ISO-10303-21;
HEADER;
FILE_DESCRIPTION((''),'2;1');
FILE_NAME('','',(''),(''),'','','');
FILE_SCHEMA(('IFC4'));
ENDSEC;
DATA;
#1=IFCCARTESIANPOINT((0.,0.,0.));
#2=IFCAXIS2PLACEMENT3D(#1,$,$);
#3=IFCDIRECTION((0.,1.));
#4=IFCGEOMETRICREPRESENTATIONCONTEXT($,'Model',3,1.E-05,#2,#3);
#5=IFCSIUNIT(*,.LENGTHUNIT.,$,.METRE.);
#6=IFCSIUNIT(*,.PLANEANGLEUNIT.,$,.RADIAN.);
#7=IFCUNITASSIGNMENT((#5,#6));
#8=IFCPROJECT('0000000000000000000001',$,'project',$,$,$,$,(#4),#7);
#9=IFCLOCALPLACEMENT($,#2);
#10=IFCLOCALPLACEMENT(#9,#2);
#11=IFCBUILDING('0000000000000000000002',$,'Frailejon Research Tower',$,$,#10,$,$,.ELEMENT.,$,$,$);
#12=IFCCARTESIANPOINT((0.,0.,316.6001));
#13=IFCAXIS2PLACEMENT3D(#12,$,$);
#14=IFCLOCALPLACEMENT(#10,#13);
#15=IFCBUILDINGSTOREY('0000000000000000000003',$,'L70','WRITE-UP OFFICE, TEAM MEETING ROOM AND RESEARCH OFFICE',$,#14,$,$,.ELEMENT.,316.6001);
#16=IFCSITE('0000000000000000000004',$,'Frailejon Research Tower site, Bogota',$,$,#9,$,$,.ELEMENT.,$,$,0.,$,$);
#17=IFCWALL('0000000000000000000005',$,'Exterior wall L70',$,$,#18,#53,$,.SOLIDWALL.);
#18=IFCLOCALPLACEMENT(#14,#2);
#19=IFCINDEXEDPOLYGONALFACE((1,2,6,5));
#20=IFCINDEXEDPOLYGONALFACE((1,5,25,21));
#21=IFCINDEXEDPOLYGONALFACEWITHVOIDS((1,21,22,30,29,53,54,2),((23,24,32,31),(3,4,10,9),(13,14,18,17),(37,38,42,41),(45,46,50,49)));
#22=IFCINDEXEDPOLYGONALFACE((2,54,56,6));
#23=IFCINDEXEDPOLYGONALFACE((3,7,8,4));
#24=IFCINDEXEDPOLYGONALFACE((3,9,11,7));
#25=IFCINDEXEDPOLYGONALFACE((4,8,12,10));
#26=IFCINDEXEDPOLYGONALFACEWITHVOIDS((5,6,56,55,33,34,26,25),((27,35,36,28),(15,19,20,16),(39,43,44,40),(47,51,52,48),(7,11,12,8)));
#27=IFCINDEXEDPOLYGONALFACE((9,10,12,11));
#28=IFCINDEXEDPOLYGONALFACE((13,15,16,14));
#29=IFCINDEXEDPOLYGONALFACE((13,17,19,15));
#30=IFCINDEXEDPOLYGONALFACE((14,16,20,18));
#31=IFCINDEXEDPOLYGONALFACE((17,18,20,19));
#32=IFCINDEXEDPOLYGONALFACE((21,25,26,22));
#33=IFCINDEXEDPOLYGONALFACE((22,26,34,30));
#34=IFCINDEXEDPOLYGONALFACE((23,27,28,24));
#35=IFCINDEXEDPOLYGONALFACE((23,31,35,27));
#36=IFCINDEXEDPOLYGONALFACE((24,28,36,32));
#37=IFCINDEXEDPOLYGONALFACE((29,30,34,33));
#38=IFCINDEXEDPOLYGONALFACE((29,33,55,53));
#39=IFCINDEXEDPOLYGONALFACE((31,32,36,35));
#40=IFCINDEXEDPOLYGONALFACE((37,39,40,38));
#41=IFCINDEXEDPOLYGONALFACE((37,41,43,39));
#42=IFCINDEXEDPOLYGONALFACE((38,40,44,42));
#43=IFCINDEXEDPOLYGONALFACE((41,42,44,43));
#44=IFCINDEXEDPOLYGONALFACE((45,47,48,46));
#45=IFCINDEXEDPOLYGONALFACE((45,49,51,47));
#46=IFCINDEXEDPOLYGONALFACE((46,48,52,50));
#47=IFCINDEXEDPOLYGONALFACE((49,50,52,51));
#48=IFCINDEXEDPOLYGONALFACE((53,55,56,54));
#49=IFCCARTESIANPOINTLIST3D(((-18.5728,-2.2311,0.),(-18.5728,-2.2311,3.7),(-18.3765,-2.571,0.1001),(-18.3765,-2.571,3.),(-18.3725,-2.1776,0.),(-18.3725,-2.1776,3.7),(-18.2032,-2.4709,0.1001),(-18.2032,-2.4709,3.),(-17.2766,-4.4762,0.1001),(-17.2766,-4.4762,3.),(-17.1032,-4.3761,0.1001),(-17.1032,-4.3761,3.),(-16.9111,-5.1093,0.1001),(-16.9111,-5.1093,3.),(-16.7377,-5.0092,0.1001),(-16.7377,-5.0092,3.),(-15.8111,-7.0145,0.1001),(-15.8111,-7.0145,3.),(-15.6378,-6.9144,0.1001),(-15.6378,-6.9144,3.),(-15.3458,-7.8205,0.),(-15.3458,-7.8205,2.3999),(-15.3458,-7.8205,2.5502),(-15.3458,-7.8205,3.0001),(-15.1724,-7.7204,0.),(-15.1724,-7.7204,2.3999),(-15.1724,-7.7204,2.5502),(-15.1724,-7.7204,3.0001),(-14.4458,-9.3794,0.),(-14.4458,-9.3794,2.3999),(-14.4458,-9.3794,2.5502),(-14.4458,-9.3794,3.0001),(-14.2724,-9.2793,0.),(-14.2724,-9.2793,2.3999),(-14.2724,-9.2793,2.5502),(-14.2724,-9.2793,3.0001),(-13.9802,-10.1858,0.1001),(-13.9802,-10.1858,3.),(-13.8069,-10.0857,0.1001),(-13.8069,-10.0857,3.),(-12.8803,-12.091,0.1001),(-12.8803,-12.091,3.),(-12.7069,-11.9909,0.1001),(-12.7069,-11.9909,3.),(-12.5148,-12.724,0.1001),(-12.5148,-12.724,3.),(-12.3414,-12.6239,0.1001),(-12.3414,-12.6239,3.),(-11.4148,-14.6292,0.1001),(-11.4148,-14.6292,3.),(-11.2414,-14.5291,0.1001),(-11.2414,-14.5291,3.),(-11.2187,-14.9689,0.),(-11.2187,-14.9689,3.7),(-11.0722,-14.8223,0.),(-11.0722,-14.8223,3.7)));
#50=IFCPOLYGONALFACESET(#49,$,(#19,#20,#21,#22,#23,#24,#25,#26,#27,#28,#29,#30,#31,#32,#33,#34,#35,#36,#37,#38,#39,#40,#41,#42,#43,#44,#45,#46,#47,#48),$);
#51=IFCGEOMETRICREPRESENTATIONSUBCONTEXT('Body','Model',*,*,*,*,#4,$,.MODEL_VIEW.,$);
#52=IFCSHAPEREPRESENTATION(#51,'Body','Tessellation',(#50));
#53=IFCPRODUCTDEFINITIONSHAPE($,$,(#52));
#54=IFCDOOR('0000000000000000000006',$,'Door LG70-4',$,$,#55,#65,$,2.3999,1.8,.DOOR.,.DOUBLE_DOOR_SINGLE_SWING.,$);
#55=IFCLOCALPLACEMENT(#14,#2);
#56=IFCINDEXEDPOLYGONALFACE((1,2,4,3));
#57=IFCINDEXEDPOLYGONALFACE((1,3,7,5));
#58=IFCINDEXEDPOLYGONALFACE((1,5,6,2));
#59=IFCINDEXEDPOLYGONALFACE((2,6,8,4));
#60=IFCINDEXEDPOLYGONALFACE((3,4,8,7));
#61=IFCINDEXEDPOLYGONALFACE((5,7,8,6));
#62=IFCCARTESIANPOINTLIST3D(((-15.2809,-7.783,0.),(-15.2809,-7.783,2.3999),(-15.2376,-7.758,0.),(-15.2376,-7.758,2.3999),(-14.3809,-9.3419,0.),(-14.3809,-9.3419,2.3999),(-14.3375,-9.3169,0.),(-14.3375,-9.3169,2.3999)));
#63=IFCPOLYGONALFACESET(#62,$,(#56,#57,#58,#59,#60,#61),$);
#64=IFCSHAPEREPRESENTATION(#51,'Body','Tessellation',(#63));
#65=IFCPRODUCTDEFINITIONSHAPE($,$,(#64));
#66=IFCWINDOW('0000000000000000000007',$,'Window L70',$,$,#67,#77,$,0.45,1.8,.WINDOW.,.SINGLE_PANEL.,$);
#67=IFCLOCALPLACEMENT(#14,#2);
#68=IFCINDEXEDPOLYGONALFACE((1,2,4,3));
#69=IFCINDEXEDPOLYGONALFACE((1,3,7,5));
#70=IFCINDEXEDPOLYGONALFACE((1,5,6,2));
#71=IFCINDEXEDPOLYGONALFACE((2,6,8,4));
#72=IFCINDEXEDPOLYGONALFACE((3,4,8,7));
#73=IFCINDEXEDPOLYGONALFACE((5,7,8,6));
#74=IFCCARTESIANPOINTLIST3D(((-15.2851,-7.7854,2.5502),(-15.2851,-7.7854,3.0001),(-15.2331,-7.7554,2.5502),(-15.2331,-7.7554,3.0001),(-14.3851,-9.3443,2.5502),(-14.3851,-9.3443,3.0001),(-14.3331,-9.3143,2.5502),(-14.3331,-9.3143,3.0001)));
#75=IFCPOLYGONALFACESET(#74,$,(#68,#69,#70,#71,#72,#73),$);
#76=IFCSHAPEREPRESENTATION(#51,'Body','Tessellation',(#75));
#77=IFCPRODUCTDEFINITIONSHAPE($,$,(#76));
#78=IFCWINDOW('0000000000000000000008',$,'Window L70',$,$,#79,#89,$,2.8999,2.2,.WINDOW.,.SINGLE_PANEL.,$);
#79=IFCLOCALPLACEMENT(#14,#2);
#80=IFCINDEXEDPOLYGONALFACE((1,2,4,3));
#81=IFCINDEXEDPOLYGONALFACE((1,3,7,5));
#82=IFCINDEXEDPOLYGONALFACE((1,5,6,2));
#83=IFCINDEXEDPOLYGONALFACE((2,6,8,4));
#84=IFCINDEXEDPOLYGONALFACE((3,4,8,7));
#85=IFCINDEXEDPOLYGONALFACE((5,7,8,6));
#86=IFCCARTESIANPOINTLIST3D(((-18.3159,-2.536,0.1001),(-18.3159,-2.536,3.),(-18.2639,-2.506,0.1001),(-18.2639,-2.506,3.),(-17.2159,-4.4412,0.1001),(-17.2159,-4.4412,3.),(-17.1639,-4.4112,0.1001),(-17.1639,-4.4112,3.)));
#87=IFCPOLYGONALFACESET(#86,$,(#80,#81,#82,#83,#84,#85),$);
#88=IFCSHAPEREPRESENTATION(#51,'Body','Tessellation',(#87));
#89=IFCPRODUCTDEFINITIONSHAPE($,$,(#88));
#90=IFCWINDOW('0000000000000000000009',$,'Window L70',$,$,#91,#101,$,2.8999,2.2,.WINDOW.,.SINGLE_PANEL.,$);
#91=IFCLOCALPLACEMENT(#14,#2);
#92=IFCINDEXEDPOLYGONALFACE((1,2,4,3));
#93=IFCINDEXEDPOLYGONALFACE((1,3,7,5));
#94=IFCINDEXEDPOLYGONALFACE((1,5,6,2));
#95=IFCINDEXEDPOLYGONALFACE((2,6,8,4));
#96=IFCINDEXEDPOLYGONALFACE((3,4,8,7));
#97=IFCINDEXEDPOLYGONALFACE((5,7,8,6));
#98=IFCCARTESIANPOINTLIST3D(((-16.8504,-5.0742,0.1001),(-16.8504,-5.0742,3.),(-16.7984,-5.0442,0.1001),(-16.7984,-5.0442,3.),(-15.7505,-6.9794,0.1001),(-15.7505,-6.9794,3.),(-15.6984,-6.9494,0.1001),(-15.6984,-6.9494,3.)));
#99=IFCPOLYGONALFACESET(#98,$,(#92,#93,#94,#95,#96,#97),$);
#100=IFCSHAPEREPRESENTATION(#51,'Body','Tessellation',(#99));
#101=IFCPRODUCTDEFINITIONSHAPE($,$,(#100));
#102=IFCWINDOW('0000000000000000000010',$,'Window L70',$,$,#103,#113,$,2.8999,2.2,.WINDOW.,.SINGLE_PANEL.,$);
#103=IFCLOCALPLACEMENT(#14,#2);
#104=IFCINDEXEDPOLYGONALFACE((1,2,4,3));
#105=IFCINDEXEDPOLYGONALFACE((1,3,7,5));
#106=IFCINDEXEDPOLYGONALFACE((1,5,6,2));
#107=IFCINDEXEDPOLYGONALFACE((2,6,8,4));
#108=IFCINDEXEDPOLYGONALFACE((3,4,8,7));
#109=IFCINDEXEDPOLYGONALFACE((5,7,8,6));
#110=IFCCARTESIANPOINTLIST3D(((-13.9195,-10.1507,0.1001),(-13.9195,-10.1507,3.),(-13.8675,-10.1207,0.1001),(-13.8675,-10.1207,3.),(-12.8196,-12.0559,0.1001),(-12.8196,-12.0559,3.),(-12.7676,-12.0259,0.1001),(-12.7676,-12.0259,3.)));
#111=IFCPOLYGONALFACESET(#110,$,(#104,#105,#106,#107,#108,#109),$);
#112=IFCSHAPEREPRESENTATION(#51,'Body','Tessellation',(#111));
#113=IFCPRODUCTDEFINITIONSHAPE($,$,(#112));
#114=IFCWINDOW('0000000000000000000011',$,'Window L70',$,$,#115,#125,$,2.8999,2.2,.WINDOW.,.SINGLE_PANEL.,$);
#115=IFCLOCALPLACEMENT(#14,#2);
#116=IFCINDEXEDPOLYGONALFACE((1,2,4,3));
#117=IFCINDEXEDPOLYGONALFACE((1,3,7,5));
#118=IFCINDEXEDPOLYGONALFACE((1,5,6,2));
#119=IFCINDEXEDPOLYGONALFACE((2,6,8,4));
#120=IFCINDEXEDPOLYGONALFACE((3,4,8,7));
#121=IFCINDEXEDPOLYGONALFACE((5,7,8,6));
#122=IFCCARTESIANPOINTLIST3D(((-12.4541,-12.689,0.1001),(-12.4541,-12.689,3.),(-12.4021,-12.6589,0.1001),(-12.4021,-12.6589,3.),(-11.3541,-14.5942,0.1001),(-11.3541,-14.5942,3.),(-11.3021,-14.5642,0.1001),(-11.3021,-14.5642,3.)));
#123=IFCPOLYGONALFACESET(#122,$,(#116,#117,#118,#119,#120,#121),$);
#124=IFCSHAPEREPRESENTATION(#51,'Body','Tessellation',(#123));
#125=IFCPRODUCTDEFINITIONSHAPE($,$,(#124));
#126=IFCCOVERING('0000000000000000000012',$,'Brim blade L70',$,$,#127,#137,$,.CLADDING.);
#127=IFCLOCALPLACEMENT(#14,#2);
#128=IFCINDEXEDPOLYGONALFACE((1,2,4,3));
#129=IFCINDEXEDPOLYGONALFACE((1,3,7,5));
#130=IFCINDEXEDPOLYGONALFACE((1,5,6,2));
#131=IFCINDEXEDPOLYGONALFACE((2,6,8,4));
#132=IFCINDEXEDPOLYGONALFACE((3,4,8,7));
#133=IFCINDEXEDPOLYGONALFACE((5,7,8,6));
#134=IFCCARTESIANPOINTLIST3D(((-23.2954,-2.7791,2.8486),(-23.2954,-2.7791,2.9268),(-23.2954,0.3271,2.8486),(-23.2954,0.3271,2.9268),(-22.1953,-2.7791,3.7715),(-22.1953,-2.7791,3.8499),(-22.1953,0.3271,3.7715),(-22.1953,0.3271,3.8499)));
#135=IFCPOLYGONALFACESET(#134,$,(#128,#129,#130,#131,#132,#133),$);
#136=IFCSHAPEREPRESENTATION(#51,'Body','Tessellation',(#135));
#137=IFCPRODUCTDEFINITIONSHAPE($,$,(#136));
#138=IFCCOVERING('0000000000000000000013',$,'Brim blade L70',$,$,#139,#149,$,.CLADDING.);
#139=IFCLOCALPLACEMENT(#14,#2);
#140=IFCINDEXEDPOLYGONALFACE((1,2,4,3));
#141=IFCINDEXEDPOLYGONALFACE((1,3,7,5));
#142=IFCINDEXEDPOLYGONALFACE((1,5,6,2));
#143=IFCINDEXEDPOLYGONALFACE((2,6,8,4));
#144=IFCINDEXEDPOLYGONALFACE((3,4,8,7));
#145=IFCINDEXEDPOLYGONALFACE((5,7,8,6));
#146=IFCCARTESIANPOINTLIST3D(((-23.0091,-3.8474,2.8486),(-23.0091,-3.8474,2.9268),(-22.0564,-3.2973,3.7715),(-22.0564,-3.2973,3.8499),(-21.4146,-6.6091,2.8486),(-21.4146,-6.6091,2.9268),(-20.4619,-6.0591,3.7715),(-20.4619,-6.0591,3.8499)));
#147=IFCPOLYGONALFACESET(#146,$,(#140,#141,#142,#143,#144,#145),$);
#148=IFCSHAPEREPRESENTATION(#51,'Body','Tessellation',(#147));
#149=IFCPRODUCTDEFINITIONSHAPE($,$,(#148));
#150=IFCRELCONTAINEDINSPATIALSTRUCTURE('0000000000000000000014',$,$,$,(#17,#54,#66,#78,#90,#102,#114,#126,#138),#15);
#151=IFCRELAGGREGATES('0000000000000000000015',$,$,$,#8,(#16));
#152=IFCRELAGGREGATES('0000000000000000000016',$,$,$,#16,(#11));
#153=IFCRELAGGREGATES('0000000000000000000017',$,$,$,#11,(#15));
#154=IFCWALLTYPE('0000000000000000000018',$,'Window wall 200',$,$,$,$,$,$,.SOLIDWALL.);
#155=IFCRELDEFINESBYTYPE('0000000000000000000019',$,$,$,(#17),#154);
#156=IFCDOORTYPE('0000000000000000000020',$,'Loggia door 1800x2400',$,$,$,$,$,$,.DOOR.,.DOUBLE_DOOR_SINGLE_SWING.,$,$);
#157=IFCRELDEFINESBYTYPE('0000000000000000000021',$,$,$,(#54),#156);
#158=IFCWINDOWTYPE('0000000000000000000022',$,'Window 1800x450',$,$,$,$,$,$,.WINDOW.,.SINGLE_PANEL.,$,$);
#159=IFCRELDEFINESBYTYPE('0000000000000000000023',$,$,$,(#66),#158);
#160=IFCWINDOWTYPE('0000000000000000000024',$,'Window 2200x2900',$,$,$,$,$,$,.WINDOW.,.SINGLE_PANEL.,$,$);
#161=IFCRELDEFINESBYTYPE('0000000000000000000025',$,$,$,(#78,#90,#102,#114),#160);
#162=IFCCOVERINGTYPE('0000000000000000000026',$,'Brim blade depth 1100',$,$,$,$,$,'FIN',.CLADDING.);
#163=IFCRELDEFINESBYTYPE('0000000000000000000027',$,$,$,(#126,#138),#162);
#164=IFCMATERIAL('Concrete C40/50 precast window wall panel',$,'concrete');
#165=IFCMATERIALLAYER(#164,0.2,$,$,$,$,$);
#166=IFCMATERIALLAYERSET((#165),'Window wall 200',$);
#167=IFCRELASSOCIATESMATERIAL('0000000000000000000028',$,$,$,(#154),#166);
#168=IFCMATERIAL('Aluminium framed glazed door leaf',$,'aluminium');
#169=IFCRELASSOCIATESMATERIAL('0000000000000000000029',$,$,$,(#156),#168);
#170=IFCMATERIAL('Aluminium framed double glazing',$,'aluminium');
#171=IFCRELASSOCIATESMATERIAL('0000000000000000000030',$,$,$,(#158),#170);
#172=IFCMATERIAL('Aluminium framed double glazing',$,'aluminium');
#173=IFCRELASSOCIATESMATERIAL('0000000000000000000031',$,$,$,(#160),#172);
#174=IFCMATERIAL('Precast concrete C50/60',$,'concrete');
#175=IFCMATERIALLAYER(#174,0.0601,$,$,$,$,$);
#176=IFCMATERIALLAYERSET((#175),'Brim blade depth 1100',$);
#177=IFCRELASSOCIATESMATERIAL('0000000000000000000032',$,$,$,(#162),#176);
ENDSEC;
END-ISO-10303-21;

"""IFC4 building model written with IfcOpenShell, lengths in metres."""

from ifc_helpers import new_model, si_unit, direction, frame, frame_2d, origin, place, context, subcontext, project, spatial, polyline, rectangle, outline, extrude, material, layer, layer_set, type_object, element, fill, save


model = new_model("IFC4")

# Units and contexts
model_context = context("Model", 3, precision=1e-05, world=origin(), true_north=direction((0.0, 1.0)))
body_context = subcontext(model_context, "Body", "Model", "MODEL_VIEW")
ifc_project = project(units=[si_unit("LENGTHUNIT", "METRE"), si_unit("PLANEANGLEUNIT", "RADIAN")], contexts=[model_context])

# Site, building, storey
site_placement = place(None, origin())
site = spatial("IfcSite", under=ifc_project, at=site_placement, Name="Frailejon Research Tower site, Bogota", CompositionType="ELEMENT", RefElevation=0.0)
building_placement = place(site_placement, origin())
building = spatial("IfcBuilding", under=site, at=building_placement, Name="Frailejon Research Tower", CompositionType="ELEMENT")
storey_placement = place(building_placement, frame((0.0, 0.0, 316.6001)))
storey = spatial("IfcBuildingStorey", under=building, at=storey_placement, Name="L70", Description="WRITE-UP OFFICE, TEAM MEETING ROOM AND RESEARCH OFFICE", CompositionType="ELEMENT", Elevation=316.6001)

# Wall, openings, door, windows
ifc_material_1 = material(Name="Concrete C40/50 precast window wall panel", Category="concrete")
ifc_layer_1 = layer(ifc_material_1, 0.2)
ifc_layer_set_1 = layer_set([ifc_layer_1], Name="Window wall 200")
wall_type_1 = type_object("IfcWallType", Name="Window wall 200", PredefinedType="SOLIDWALL", material=ifc_layer_set_1)
wall_1_placement = place(storey_placement, frame((-18.4727, -2.2043, 0.0), z_axis=(0.0, 0.0, 1.0), x_axis=(0.499995, -0.866028, 0.0)))
wall_1 = element("IfcWall", 1, at=wall_1_placement, inside=storey, type_object=wall_type_1, Name="Exterior wall L70", PredefinedType="SOLIDWALL", context=body_context, shape_type="SweptSolid", body=[
    extrude(outline(polyline([(-0.0269, -0.1001), (1.0237, -0.1001), (2.0742, -0.1001), (3.125, -0.1001), (4.1755, -0.1001), (5.2261, -0.1001), (6.2766, -0.1001), (7.3271, -0.1001), (8.3779, -0.1001), (9.4285, -0.1001), (10.479, -0.1001), (11.5295, -0.1001), (12.5803, -0.1001), (13.6309, -0.1001), (14.6814, -0.1001), (14.6277, 0.1001), (13.5847, 0.1001), (12.5417, 0.1001), (11.499, 0.1001), (10.4561, 0.1001), (9.4131, 0.1001), (8.3701, 0.1001), (7.3271, 0.1001), (6.2844, 0.1001), (5.2415, 0.1001), (4.1985, 0.1001), (3.1555, 0.1001), (2.1128, 0.1001), (1.0698, 0.1001), (0.0269, 0.1001), (-0.0269, -0.1001)])), origin(), (0.0, 0.0, 1.0), 3.7),
])
opening_1_placement = place(wall_1_placement, frame((0.3655, 0.0, 0.1001)))
opening_1 = element("IfcOpeningElement", 2, at=opening_1_placement, cuts=wall_1, PredefinedType="OPENING", context=body_context, shape_type="SweptSolid", body=[
    extrude(rectangle(XDim=2.2, YDim=2.8999, at=frame_2d((1.1001, 1.45))), frame((0.0, 0.1099, 0.0), z_axis=(0.0, -1.0, 0.0), x_axis=(1.0, 0.0, 0.0)), (0.0, 0.0, 1.0), 0.22),
])
opening_2_placement = place(wall_1_placement, frame((3.2964, 0.0, 0.1001)))
opening_2 = element("IfcOpeningElement", 3, at=opening_2_placement, cuts=wall_1, PredefinedType="OPENING", context=body_context, shape_type="SweptSolid", body=[
    extrude(rectangle(XDim=2.2, YDim=2.8999, at=frame_2d((1.1001, 1.45))), frame((0.0, 0.1099, 0.0), z_axis=(0.0, -1.0, 0.0), x_axis=(1.0, 0.0, 0.0)), (0.0, 0.0, 1.0), 0.22),
])
opening_3_placement = place(wall_1_placement, frame((6.4272, 0.0, 0.0)))
opening_3 = element("IfcOpeningElement", 4, at=opening_3_placement, cuts=wall_1, PredefinedType="OPENING", context=body_context, shape_type="SweptSolid", body=[
    extrude(rectangle(XDim=1.8, YDim=2.3999, at=frame_2d((0.8999, 1.2))), frame((0.0, 0.1099, 0.0), z_axis=(0.0, -1.0, 0.0), x_axis=(1.0, 0.0, 0.0)), (0.0, 0.0, 1.0), 0.22),
])
opening_4_placement = place(wall_1_placement, frame((6.4272, 0.0, 2.55)))
opening_4 = element("IfcOpeningElement", 5, at=opening_4_placement, cuts=wall_1, PredefinedType="OPENING", context=body_context, shape_type="SweptSolid", body=[
    extrude(rectangle(XDim=1.8, YDim=0.45, at=frame_2d((0.8999, 0.2251))), frame((0.0, 0.1099, 0.0), z_axis=(0.0, -1.0, 0.0), x_axis=(1.0, 0.0, 0.0)), (0.0, 0.0, 1.0), 0.22),
])
opening_5_placement = place(wall_1_placement, frame((9.1582, 0.0, 0.1001)))
opening_5 = element("IfcOpeningElement", 6, at=opening_5_placement, cuts=wall_1, PredefinedType="OPENING", context=body_context, shape_type="SweptSolid", body=[
    extrude(rectangle(XDim=2.2, YDim=2.8999, at=frame_2d((1.1001, 1.45))), frame((0.0, 0.1099, 0.0), z_axis=(0.0, -1.0, 0.0), x_axis=(1.0, 0.0, 0.0)), (0.0, 0.0, 1.0), 0.22),
])
opening_6_placement = place(wall_1_placement, frame((12.0891, 0.0, 0.1001)))
opening_6 = element("IfcOpeningElement", 7, at=opening_6_placement, cuts=wall_1, PredefinedType="OPENING", context=body_context, shape_type="SweptSolid", body=[
    extrude(rectangle(XDim=2.2, YDim=2.8999, at=frame_2d((1.1001, 1.45))), frame((0.0, 0.1099, 0.0), z_axis=(0.0, -1.0, 0.0), x_axis=(1.0, 0.0, 0.0)), (0.0, 0.0, 1.0), 0.22),
])
ifc_material_2 = material(Name="Aluminium framed glazed door leaf", Category="aluminium")
door_type = type_object("IfcDoorType", Name="Loggia door 1800x2400", OperationType="DOUBLE_DOOR_SINGLE_SWING", PredefinedType="DOOR", material=ifc_material_2)
door_placement = place(opening_3_placement, origin())
door = element("IfcDoor", 8, at=door_placement, inside=storey, type_object=door_type, Name="Door LG70-4", OperationType="DOUBLE_DOOR_SINGLE_SWING", OverallHeight=2.3999, OverallWidth=1.8, PredefinedType="DOOR", context=body_context, shape_type="SweptSolid", body=[
    extrude(rectangle(XDim=1.8, YDim=2.3999, at=frame_2d((0.8999, 1.2))), frame((0.0, 0.0249, 0.0), z_axis=(0.0, -1.0, 0.0), x_axis=(1.0, 0.0, 0.0)), (0.0, 0.0, 1.0), 0.05),
])
fill(opening_3, door)
ifc_material_3 = material(Name="Aluminium framed double glazing", Category="aluminium")
window_type_1 = type_object("IfcWindowType", Name="Window 1800x450", PartitioningType="SINGLE_PANEL", PredefinedType="WINDOW", material=ifc_material_3)
window_1_placement = place(opening_4_placement, origin())
window_1 = element("IfcWindow", 9, at=window_1_placement, inside=storey, type_object=window_type_1, Name="Window L70", OverallHeight=0.45, OverallWidth=1.8, PartitioningType="SINGLE_PANEL", PredefinedType="WINDOW", context=body_context, shape_type="SweptSolid", body=[
    extrude(rectangle(XDim=1.8, YDim=0.45, at=frame_2d((0.8999, 0.2251))), frame((0.0, 0.03, 0.0), z_axis=(0.0, -1.0, 0.0), x_axis=(1.0, 0.0, 0.0)), (0.0, 0.0, 1.0), 0.0601),
])
fill(opening_4, window_1)
ifc_material_4 = material(Name="Aluminium framed double glazing", Category="aluminium")
window_type_2 = type_object("IfcWindowType", Name="Window 2200x2900", PartitioningType="SINGLE_PANEL", PredefinedType="WINDOW", material=ifc_material_4)
window_2_placement = place(opening_1_placement, origin())
window_2 = element("IfcWindow", 10, at=window_2_placement, inside=storey, type_object=window_type_2, Name="Window L70", OverallHeight=2.8999, OverallWidth=2.2, PartitioningType="SINGLE_PANEL", PredefinedType="WINDOW", context=body_context, shape_type="SweptSolid", body=[
    extrude(rectangle(XDim=2.2, YDim=2.8999, at=frame_2d((1.1001, 1.45))), frame((0.0, 0.03, 0.0), z_axis=(0.0, -1.0, 0.0), x_axis=(1.0, 0.0, 0.0)), (0.0, 0.0, 1.0), 0.0601),
])
fill(opening_1, window_2)
window_3_placement = place(opening_2_placement, origin())
window_3 = element("IfcWindow", 11, at=window_3_placement, inside=storey, type_object=window_type_2, Name="Window L70", OverallHeight=2.8999, OverallWidth=2.2, PartitioningType="SINGLE_PANEL", PredefinedType="WINDOW", context=body_context, shape_type="SweptSolid", body=[
    extrude(rectangle(XDim=2.2, YDim=2.8999, at=frame_2d((1.1001, 1.45))), frame((0.0, 0.03, 0.0), z_axis=(0.0, -1.0, 0.0), x_axis=(1.0, 0.0, 0.0)), (0.0, 0.0, 1.0), 0.0601),
])
fill(opening_2, window_3)
window_4_placement = place(opening_5_placement, origin())
window_4 = element("IfcWindow", 12, at=window_4_placement, inside=storey, type_object=window_type_2, Name="Window L70", OverallHeight=2.8999, OverallWidth=2.2, PartitioningType="SINGLE_PANEL", PredefinedType="WINDOW", context=body_context, shape_type="SweptSolid", body=[
    extrude(rectangle(XDim=2.2, YDim=2.8999, at=frame_2d((1.1001, 1.45))), frame((0.0, 0.03, 0.0), z_axis=(0.0, -1.0, 0.0), x_axis=(1.0, 0.0, 0.0)), (0.0, 0.0, 1.0), 0.0601),
])
fill(opening_5, window_4)
window_5_placement = place(opening_6_placement, origin())
window_5 = element("IfcWindow", 13, at=window_5_placement, inside=storey, type_object=window_type_2, Name="Window L70", OverallHeight=2.8999, OverallWidth=2.2, PartitioningType="SINGLE_PANEL", PredefinedType="WINDOW", context=body_context, shape_type="SweptSolid", body=[
    extrude(rectangle(XDim=2.2, YDim=2.8999, at=frame_2d((1.1001, 1.45))), frame((0.0, 0.03, 0.0), z_axis=(0.0, -1.0, 0.0), x_axis=(1.0, 0.0, 0.0)), (0.0, 0.0, 1.0), 0.0601),
])
fill(opening_6, window_5)

# Coverings
ifc_material_5 = material(Name="Precast concrete C50/60", Category="concrete")
ifc_layer_2 = layer(ifc_material_5, 0.0601)
ifc_layer_set_2 = layer_set([ifc_layer_2], Name="Brim blade depth 1100")
covering_type_1 = type_object("IfcCoveringType", Name="Brim blade depth 1100", ElementType="FIN", PredefinedType="CLADDING", material=ifc_layer_set_2)
covering_1_placement = place(storey_placement, frame((-22.1953, -2.7791, 3.8499), z_axis=(0.0, 1.0, 0.0), x_axis=(-1.0, 0.0, 0.0)))
element("IfcCovering", 14, at=covering_1_placement, inside=storey, type_object=covering_type_1, Name="Brim blade L70", PredefinedType="CLADDING", context=body_context, shape_type="SweptSolid", body=[
    extrude(outline(polyline([(0.0, -0.0784), (1.1001, -1.0012), (1.1001, -0.9231), (0.0, 0.0), (0.0, -0.0784)])), origin(), (0.0, 0.0, 1.0), 3.1062),
])
covering_2_placement = place(storey_placement, frame((-20.4619, -6.0591, 3.8499), z_axis=(-0.499994, 0.866029, 0.0), x_axis=(-0.866029, -0.499994, 0.0)))
element("IfcCovering", 15, at=covering_2_placement, inside=storey, type_object=covering_type_1, Name="Brim blade L70", PredefinedType="CLADDING", context=body_context, shape_type="SweptSolid", body=[
    extrude(outline(polyline([(0.0, -0.0784), (1.1001, -1.0012), (1.1001, -0.9231), (0.0, 0.0), (0.0, -0.0784)])), origin(), (0.0, 0.0, 1.0), 3.189),
])

save(model, "model.ifc")
